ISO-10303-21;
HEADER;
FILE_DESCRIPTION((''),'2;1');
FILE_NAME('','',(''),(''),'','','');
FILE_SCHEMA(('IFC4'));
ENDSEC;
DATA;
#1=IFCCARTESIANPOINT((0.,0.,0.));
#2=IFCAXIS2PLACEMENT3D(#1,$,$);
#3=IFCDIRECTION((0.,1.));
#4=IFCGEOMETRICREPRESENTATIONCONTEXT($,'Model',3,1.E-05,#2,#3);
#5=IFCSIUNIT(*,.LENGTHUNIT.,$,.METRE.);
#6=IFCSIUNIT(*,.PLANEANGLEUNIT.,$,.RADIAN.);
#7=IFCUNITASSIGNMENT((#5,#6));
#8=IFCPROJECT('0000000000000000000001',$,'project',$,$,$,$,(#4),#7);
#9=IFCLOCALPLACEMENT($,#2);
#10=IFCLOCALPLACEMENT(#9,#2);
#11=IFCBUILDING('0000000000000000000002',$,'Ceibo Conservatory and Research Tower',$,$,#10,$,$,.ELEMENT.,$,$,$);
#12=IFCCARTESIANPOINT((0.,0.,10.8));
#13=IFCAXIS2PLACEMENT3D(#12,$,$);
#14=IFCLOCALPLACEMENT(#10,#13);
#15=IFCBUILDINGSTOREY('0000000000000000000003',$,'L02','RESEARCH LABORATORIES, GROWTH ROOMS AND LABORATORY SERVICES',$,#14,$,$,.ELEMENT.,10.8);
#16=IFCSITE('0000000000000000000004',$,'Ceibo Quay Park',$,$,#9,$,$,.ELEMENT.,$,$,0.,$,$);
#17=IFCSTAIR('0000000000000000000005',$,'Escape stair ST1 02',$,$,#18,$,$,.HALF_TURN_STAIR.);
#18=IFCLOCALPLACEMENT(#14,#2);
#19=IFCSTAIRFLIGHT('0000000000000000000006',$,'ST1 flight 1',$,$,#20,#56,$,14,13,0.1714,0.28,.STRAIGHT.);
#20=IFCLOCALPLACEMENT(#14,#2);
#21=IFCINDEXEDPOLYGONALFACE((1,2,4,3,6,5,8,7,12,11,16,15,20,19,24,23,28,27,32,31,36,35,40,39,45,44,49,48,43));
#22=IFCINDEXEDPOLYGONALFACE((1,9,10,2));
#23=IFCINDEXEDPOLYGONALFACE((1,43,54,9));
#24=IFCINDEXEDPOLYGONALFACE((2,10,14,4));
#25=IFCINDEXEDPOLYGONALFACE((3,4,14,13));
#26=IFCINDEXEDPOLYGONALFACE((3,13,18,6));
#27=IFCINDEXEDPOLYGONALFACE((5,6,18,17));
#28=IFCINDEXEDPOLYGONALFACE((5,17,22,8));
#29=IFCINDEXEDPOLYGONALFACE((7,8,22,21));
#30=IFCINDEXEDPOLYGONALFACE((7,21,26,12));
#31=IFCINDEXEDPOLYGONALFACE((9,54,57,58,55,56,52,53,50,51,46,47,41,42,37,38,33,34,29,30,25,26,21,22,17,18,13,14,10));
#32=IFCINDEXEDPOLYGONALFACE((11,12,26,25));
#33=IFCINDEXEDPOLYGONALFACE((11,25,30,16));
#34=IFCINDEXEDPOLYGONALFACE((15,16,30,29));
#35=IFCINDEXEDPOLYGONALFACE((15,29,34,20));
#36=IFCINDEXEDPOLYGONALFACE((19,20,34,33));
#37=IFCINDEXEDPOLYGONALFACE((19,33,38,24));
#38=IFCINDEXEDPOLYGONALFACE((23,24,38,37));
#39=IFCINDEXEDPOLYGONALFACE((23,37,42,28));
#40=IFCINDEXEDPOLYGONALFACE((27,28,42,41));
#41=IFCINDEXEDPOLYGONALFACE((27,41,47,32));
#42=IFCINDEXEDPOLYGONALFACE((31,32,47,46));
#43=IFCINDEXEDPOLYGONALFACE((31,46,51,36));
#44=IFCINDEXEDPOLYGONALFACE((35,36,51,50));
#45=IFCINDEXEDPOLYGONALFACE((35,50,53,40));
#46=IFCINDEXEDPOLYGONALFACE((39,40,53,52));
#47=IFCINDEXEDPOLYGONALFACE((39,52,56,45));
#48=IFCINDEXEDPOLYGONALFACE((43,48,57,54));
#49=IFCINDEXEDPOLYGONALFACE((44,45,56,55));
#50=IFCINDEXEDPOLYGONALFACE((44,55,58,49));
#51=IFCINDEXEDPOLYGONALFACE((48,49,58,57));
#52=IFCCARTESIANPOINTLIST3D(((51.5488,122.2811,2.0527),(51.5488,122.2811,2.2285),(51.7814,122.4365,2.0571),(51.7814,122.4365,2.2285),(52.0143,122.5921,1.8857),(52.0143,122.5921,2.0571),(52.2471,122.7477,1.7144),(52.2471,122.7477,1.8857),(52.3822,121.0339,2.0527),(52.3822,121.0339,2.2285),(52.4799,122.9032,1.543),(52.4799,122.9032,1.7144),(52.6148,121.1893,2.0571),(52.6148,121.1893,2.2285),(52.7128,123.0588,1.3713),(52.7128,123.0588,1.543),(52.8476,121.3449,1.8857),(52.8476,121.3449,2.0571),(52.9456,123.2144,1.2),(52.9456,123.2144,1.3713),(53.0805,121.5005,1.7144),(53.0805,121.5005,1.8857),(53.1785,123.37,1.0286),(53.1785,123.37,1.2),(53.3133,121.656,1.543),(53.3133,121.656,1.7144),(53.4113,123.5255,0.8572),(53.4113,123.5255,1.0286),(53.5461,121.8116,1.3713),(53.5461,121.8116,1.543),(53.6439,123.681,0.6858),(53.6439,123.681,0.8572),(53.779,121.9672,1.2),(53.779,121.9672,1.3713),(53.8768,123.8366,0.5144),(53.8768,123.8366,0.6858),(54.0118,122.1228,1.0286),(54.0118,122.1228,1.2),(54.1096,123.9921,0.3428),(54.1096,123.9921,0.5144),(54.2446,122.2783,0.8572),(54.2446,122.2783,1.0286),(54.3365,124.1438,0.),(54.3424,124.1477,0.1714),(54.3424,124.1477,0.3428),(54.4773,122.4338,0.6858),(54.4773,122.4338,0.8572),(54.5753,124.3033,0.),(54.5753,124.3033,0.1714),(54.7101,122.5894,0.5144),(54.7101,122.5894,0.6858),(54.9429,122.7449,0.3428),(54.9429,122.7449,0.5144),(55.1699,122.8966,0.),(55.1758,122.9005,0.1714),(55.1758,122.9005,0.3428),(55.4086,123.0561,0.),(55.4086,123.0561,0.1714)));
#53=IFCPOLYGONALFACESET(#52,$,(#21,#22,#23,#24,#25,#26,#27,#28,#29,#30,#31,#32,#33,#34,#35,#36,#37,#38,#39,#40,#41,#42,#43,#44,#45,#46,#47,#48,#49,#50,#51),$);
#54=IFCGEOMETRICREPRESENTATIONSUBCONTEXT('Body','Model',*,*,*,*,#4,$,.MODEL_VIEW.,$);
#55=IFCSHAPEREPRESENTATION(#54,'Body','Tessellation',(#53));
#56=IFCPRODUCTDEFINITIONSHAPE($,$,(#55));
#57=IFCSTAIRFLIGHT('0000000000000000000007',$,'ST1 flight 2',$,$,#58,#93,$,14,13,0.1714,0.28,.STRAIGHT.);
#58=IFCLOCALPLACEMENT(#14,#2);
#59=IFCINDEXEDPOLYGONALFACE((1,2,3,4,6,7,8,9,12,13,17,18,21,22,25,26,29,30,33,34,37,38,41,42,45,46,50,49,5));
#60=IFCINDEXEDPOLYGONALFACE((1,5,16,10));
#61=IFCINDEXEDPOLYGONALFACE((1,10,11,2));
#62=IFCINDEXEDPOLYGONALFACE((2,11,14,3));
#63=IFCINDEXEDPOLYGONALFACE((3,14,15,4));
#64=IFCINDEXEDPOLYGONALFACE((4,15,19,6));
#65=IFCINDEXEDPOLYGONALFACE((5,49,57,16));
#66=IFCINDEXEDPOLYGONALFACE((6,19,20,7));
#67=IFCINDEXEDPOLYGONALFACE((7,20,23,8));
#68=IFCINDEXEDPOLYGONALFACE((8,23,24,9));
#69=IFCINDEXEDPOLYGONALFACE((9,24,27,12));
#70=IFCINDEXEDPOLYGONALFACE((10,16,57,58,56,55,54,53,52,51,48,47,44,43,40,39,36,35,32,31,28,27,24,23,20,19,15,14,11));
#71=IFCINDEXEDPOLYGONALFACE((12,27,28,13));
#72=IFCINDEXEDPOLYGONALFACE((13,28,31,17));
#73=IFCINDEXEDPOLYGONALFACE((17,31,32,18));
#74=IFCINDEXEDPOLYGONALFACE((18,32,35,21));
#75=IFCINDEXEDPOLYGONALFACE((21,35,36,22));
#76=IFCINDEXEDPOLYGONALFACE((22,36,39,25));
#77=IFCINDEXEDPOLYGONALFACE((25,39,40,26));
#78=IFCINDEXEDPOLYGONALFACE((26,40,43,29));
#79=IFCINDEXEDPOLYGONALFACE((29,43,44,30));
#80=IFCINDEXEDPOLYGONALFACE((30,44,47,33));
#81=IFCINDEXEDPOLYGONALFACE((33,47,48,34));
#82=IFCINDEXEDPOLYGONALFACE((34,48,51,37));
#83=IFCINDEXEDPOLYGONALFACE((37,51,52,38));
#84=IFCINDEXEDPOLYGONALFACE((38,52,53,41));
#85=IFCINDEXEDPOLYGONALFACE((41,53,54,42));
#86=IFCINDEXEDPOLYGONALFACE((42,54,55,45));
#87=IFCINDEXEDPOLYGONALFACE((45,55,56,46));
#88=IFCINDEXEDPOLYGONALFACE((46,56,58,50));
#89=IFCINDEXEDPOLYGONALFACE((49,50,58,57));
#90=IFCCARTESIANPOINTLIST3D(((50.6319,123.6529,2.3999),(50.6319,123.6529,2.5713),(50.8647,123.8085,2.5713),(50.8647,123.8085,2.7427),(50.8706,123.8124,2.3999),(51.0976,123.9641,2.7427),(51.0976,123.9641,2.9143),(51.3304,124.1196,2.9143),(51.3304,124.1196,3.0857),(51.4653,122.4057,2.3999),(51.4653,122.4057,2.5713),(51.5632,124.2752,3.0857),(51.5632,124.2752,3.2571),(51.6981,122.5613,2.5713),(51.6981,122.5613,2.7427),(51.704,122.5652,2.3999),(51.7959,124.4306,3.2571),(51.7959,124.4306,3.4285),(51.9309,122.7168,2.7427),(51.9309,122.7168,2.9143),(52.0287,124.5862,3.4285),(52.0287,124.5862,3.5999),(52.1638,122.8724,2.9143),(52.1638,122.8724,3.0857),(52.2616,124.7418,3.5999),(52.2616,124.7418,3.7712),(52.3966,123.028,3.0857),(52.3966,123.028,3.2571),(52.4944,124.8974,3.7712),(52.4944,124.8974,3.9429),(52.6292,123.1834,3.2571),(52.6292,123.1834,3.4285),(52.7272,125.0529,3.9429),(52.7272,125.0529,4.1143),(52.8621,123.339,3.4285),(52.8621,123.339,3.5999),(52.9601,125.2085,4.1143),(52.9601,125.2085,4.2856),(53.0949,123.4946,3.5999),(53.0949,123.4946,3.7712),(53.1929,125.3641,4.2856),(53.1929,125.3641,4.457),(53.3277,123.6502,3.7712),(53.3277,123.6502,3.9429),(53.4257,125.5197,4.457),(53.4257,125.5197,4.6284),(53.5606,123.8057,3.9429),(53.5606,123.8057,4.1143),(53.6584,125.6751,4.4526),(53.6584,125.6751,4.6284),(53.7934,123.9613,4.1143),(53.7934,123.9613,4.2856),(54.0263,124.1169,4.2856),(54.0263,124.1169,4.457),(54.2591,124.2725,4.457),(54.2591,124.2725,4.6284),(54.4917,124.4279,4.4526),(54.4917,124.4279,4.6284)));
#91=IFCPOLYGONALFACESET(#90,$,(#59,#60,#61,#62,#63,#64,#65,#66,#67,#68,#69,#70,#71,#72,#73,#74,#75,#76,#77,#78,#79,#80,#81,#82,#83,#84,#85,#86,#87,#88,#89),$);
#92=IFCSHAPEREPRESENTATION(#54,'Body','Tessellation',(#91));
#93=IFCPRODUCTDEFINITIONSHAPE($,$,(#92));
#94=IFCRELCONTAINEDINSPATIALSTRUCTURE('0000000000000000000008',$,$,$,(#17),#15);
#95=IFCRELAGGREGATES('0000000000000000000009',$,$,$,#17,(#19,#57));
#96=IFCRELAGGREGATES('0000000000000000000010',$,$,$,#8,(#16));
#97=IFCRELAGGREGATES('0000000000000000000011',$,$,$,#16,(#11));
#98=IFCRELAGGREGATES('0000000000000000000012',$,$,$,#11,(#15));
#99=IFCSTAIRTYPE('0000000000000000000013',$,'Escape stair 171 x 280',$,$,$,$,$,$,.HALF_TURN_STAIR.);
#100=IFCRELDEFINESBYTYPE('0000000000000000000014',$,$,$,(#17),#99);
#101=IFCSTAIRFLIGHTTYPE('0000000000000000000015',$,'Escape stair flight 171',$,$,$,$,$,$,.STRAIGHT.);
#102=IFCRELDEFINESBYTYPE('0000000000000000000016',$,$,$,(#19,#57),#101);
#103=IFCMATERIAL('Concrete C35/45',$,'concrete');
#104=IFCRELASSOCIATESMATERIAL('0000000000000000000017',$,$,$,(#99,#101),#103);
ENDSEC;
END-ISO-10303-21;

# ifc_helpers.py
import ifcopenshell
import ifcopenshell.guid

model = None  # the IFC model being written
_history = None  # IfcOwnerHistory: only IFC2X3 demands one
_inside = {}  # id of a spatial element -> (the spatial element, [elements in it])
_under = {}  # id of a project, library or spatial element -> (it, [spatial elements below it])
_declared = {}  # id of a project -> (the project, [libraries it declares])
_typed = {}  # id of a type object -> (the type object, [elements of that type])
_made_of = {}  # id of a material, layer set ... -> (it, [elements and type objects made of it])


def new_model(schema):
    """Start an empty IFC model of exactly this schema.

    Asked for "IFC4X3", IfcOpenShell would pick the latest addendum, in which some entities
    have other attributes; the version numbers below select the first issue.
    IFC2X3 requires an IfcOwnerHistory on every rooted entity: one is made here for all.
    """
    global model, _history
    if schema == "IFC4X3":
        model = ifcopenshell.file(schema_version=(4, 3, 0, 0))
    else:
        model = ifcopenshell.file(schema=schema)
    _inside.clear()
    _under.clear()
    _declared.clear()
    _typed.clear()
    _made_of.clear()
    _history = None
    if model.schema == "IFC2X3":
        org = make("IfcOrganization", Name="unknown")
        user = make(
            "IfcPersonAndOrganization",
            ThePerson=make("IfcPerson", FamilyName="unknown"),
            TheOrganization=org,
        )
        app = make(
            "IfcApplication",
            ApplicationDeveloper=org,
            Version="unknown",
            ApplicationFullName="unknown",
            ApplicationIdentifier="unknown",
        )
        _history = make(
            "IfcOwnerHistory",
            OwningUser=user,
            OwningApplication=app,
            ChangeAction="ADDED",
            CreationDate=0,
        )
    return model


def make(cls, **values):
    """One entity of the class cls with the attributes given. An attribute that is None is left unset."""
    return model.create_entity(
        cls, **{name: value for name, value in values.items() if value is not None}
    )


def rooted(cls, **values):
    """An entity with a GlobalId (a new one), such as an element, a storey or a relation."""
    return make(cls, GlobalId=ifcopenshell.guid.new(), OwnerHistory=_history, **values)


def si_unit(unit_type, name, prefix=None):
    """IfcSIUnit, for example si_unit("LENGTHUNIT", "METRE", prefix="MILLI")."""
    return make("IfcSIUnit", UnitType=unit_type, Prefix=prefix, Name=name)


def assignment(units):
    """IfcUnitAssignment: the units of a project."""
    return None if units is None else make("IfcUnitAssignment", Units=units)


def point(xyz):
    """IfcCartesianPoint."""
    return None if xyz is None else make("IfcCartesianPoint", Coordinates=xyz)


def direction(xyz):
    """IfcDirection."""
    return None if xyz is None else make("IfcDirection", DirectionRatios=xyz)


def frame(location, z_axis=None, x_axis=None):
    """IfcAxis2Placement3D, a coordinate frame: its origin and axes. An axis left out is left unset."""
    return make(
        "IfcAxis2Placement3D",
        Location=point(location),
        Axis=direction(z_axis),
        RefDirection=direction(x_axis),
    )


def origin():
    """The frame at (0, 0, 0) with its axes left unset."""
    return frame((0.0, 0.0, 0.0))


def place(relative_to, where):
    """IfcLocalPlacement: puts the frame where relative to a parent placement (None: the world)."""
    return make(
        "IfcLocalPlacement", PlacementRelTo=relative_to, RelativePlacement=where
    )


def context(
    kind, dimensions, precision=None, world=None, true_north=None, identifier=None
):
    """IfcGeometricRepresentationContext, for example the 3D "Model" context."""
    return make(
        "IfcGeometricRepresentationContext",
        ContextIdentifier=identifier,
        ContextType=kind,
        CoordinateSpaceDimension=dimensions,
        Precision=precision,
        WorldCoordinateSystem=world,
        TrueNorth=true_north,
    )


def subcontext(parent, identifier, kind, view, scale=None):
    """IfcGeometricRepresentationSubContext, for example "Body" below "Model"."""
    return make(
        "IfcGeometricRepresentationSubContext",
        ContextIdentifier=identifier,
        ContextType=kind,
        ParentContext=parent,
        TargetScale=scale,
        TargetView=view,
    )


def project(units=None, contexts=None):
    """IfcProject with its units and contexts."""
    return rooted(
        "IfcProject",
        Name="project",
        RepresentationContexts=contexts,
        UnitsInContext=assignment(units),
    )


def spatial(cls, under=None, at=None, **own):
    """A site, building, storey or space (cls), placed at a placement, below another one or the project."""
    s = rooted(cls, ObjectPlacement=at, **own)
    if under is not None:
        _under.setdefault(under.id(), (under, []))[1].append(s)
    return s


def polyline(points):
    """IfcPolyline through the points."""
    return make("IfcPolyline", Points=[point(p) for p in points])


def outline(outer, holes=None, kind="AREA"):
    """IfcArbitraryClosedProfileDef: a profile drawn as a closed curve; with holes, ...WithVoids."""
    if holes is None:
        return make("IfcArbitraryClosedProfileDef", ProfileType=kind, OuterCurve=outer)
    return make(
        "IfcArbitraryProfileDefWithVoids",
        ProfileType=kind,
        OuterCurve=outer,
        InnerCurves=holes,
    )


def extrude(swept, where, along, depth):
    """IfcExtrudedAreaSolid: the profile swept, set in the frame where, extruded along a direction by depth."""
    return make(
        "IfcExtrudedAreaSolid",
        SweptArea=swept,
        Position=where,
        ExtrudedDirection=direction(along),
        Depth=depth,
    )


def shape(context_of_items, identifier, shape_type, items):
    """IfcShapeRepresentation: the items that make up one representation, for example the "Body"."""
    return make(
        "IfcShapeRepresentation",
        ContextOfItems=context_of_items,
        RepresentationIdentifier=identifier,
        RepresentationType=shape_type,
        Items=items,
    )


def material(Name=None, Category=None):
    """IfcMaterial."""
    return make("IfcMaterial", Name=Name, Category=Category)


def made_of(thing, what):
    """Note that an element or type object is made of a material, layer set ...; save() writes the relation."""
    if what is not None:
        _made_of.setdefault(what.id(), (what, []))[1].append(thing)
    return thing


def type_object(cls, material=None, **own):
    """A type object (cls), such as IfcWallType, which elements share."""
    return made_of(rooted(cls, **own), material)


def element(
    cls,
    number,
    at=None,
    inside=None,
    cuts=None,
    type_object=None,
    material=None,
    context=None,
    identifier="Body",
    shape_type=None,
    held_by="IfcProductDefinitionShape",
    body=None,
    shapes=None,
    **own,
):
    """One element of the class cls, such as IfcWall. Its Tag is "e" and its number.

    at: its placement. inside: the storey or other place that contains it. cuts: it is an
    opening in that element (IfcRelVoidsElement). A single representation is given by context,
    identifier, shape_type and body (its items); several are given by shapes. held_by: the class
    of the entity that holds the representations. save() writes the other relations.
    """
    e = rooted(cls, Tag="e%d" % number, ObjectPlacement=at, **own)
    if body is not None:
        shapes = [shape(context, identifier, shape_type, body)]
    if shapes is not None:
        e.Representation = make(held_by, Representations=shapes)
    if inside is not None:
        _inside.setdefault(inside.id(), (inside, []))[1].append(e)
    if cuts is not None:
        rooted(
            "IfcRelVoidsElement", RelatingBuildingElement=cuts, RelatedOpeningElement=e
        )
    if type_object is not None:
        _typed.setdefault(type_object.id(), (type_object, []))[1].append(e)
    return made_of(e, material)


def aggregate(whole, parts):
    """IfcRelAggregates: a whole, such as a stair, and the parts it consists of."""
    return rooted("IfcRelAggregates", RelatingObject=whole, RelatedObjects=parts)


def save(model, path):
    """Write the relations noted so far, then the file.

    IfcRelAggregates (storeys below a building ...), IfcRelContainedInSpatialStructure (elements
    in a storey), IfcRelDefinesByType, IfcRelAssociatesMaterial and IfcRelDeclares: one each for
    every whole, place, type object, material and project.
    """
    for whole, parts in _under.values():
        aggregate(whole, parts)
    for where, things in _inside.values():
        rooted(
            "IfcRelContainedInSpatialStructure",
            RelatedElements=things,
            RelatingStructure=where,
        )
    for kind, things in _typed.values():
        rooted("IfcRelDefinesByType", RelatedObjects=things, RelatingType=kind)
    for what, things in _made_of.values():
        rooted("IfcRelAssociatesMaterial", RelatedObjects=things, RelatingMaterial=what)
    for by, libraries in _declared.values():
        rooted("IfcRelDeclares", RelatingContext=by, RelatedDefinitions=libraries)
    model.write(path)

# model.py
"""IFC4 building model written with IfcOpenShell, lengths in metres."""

from ifc_helpers import new_model, si_unit, direction, frame, origin, place, context, subcontext, project, spatial, polyline, outline, extrude, material, type_object, element, aggregate, save


model = new_model("IFC4")

# Units and contexts
model_context = context("Model", 3, precision=1e-05, world=origin(), true_north=direction((0.0, 1.0)))
body_context = subcontext(model_context, "Body", "Model", "MODEL_VIEW")
ifc_project = project(units=[si_unit("LENGTHUNIT", "METRE"), si_unit("PLANEANGLEUNIT", "RADIAN")], contexts=[model_context])

# Site, building, storey
site_placement = place(None, origin())
site = spatial("IfcSite", under=ifc_project, at=site_placement, Name="Ceibo Quay Park", CompositionType="ELEMENT", RefElevation=0.0)
building_placement = place(site_placement, origin())
building = spatial("IfcBuilding", under=site, at=building_placement, Name="Ceibo Conservatory and Research Tower", CompositionType="ELEMENT")
storey_placement = place(building_placement, frame((0.0, 0.0, 10.8)))
storey = spatial("IfcBuildingStorey", under=building, at=storey_placement, Name="L02", Description="RESEARCH LABORATORIES, GROWTH ROOMS AND LABORATORY SERVICES", CompositionType="ELEMENT", Elevation=10.8)

# Shared definitions
ifc_material_1 = material(Name="Concrete C35/45", Category="concrete")

# Stair
stair_type = type_object("IfcStairType", Name="Escape stair 171 x 280", PredefinedType="HALF_TURN_STAIR", material=ifc_material_1)
stair_placement = place(storey_placement, origin())
stair = element("IfcStair", 1, at=stair_placement, inside=storey, type_object=stair_type, Name="Escape stair ST1 02", PredefinedType="HALF_TURN_STAIR")

# Stair flights
stair_flight_type = type_object("IfcStairFlightType", Name="Escape stair flight 171", PredefinedType="STRAIGHT", material=ifc_material_1)
stair_flight_1_placement = place(storey_placement, frame((54.9919, 123.6797, 0.0), z_axis=(0.0, 0.0, 1.0), x_axis=(-0.83147, -0.55557, 0.0)))
stair_flight_1 = element("IfcStairFlight", 2, at=stair_flight_1_placement, type_object=stair_flight_type, Name="ST1 flight 1", NumberOfRisers=14, NumberOfTreads=13, PredefinedType="STRAIGHT", RiserHeight=0.1714, TreadLength=0.28, context=body_context, shape_type="SweptSolid", body=[
    extrude(outline(polyline([(0.0, 0.0), (0.0, 0.1714), (0.28, 0.1714), (0.28, 0.3428), (0.5601, 0.3428), (0.5601, 0.5144), (0.8401, 0.5144), (0.8401, 0.6858), (1.1201, 0.6858), (1.1201, 0.8572), (1.3999, 0.8572), (1.3999, 1.0286), (1.6799, 1.0286), (1.6799, 1.2), (1.96, 1.2), (1.96, 1.3713), (2.24, 1.3713), (2.24, 1.543), (2.52, 1.543), (2.52, 1.7144), (2.8, 1.7144), (2.8, 1.8857), (3.0801, 1.8857), (3.0801, 2.0571), (3.3601, 2.0571), (3.3601, 2.2285), (3.6399, 2.2285), (3.6399, 2.3999), (3.6399, 2.0527), (0.2871, 0.0), (0.0, 0.0)])), frame((0.0, 0.75, 0.0), z_axis=(0.0, -1.0, 0.0), x_axis=(1.0, 0.0, 0.0)), (0.0, 0.0, 1.0), 1.5),
])
stair_flight_2_placement = place(storey_placement, frame((51.0486, 123.0293, 2.3999), z_axis=(0.0, 0.0, 1.0), x_axis=(0.83147, 0.55557, 0.0)))
stair_flight_2 = element("IfcStairFlight", 3, at=stair_flight_2_placement, type_object=stair_flight_type, Name="ST1 flight 2", NumberOfRisers=14, NumberOfTreads=13, PredefinedType="STRAIGHT", RiserHeight=0.1714, TreadLength=0.28, context=body_context, shape_type="SweptSolid", body=[
    extrude(outline(polyline([(0.0, 0.0), (0.0, 0.1714), (0.28, 0.1714), (0.28, 0.3428), (0.5601, 0.3428), (0.5601, 0.5144), (0.8401, 0.5144), (0.8401, 0.6858), (1.1201, 0.6858), (1.1201, 0.8572), (1.3999, 0.8572), (1.3999, 1.0286), (1.6799, 1.0286), (1.6799, 1.2), (1.96, 1.2), (1.96, 1.3713), (2.24, 1.3713), (2.24, 1.543), (2.52, 1.543), (2.52, 1.7144), (2.8, 1.7144), (2.8, 1.8857), (3.0801, 1.8857), (3.0801, 2.0571), (3.3601, 2.0571), (3.3601, 2.2285), (3.6399, 2.2285), (3.6399, 2.3999), (3.6399, 2.0527), (0.2871, 0.0), (0.0, 0.0)])), frame((0.0, 0.75, 0.0), z_axis=(0.0, -1.0, 0.0), x_axis=(1.0, 0.0, 0.0)), (0.0, 0.0, 1.0), 1.5),
])
aggregate(stair, [stair_flight_1, stair_flight_2])

save(model, "model.ifc")
